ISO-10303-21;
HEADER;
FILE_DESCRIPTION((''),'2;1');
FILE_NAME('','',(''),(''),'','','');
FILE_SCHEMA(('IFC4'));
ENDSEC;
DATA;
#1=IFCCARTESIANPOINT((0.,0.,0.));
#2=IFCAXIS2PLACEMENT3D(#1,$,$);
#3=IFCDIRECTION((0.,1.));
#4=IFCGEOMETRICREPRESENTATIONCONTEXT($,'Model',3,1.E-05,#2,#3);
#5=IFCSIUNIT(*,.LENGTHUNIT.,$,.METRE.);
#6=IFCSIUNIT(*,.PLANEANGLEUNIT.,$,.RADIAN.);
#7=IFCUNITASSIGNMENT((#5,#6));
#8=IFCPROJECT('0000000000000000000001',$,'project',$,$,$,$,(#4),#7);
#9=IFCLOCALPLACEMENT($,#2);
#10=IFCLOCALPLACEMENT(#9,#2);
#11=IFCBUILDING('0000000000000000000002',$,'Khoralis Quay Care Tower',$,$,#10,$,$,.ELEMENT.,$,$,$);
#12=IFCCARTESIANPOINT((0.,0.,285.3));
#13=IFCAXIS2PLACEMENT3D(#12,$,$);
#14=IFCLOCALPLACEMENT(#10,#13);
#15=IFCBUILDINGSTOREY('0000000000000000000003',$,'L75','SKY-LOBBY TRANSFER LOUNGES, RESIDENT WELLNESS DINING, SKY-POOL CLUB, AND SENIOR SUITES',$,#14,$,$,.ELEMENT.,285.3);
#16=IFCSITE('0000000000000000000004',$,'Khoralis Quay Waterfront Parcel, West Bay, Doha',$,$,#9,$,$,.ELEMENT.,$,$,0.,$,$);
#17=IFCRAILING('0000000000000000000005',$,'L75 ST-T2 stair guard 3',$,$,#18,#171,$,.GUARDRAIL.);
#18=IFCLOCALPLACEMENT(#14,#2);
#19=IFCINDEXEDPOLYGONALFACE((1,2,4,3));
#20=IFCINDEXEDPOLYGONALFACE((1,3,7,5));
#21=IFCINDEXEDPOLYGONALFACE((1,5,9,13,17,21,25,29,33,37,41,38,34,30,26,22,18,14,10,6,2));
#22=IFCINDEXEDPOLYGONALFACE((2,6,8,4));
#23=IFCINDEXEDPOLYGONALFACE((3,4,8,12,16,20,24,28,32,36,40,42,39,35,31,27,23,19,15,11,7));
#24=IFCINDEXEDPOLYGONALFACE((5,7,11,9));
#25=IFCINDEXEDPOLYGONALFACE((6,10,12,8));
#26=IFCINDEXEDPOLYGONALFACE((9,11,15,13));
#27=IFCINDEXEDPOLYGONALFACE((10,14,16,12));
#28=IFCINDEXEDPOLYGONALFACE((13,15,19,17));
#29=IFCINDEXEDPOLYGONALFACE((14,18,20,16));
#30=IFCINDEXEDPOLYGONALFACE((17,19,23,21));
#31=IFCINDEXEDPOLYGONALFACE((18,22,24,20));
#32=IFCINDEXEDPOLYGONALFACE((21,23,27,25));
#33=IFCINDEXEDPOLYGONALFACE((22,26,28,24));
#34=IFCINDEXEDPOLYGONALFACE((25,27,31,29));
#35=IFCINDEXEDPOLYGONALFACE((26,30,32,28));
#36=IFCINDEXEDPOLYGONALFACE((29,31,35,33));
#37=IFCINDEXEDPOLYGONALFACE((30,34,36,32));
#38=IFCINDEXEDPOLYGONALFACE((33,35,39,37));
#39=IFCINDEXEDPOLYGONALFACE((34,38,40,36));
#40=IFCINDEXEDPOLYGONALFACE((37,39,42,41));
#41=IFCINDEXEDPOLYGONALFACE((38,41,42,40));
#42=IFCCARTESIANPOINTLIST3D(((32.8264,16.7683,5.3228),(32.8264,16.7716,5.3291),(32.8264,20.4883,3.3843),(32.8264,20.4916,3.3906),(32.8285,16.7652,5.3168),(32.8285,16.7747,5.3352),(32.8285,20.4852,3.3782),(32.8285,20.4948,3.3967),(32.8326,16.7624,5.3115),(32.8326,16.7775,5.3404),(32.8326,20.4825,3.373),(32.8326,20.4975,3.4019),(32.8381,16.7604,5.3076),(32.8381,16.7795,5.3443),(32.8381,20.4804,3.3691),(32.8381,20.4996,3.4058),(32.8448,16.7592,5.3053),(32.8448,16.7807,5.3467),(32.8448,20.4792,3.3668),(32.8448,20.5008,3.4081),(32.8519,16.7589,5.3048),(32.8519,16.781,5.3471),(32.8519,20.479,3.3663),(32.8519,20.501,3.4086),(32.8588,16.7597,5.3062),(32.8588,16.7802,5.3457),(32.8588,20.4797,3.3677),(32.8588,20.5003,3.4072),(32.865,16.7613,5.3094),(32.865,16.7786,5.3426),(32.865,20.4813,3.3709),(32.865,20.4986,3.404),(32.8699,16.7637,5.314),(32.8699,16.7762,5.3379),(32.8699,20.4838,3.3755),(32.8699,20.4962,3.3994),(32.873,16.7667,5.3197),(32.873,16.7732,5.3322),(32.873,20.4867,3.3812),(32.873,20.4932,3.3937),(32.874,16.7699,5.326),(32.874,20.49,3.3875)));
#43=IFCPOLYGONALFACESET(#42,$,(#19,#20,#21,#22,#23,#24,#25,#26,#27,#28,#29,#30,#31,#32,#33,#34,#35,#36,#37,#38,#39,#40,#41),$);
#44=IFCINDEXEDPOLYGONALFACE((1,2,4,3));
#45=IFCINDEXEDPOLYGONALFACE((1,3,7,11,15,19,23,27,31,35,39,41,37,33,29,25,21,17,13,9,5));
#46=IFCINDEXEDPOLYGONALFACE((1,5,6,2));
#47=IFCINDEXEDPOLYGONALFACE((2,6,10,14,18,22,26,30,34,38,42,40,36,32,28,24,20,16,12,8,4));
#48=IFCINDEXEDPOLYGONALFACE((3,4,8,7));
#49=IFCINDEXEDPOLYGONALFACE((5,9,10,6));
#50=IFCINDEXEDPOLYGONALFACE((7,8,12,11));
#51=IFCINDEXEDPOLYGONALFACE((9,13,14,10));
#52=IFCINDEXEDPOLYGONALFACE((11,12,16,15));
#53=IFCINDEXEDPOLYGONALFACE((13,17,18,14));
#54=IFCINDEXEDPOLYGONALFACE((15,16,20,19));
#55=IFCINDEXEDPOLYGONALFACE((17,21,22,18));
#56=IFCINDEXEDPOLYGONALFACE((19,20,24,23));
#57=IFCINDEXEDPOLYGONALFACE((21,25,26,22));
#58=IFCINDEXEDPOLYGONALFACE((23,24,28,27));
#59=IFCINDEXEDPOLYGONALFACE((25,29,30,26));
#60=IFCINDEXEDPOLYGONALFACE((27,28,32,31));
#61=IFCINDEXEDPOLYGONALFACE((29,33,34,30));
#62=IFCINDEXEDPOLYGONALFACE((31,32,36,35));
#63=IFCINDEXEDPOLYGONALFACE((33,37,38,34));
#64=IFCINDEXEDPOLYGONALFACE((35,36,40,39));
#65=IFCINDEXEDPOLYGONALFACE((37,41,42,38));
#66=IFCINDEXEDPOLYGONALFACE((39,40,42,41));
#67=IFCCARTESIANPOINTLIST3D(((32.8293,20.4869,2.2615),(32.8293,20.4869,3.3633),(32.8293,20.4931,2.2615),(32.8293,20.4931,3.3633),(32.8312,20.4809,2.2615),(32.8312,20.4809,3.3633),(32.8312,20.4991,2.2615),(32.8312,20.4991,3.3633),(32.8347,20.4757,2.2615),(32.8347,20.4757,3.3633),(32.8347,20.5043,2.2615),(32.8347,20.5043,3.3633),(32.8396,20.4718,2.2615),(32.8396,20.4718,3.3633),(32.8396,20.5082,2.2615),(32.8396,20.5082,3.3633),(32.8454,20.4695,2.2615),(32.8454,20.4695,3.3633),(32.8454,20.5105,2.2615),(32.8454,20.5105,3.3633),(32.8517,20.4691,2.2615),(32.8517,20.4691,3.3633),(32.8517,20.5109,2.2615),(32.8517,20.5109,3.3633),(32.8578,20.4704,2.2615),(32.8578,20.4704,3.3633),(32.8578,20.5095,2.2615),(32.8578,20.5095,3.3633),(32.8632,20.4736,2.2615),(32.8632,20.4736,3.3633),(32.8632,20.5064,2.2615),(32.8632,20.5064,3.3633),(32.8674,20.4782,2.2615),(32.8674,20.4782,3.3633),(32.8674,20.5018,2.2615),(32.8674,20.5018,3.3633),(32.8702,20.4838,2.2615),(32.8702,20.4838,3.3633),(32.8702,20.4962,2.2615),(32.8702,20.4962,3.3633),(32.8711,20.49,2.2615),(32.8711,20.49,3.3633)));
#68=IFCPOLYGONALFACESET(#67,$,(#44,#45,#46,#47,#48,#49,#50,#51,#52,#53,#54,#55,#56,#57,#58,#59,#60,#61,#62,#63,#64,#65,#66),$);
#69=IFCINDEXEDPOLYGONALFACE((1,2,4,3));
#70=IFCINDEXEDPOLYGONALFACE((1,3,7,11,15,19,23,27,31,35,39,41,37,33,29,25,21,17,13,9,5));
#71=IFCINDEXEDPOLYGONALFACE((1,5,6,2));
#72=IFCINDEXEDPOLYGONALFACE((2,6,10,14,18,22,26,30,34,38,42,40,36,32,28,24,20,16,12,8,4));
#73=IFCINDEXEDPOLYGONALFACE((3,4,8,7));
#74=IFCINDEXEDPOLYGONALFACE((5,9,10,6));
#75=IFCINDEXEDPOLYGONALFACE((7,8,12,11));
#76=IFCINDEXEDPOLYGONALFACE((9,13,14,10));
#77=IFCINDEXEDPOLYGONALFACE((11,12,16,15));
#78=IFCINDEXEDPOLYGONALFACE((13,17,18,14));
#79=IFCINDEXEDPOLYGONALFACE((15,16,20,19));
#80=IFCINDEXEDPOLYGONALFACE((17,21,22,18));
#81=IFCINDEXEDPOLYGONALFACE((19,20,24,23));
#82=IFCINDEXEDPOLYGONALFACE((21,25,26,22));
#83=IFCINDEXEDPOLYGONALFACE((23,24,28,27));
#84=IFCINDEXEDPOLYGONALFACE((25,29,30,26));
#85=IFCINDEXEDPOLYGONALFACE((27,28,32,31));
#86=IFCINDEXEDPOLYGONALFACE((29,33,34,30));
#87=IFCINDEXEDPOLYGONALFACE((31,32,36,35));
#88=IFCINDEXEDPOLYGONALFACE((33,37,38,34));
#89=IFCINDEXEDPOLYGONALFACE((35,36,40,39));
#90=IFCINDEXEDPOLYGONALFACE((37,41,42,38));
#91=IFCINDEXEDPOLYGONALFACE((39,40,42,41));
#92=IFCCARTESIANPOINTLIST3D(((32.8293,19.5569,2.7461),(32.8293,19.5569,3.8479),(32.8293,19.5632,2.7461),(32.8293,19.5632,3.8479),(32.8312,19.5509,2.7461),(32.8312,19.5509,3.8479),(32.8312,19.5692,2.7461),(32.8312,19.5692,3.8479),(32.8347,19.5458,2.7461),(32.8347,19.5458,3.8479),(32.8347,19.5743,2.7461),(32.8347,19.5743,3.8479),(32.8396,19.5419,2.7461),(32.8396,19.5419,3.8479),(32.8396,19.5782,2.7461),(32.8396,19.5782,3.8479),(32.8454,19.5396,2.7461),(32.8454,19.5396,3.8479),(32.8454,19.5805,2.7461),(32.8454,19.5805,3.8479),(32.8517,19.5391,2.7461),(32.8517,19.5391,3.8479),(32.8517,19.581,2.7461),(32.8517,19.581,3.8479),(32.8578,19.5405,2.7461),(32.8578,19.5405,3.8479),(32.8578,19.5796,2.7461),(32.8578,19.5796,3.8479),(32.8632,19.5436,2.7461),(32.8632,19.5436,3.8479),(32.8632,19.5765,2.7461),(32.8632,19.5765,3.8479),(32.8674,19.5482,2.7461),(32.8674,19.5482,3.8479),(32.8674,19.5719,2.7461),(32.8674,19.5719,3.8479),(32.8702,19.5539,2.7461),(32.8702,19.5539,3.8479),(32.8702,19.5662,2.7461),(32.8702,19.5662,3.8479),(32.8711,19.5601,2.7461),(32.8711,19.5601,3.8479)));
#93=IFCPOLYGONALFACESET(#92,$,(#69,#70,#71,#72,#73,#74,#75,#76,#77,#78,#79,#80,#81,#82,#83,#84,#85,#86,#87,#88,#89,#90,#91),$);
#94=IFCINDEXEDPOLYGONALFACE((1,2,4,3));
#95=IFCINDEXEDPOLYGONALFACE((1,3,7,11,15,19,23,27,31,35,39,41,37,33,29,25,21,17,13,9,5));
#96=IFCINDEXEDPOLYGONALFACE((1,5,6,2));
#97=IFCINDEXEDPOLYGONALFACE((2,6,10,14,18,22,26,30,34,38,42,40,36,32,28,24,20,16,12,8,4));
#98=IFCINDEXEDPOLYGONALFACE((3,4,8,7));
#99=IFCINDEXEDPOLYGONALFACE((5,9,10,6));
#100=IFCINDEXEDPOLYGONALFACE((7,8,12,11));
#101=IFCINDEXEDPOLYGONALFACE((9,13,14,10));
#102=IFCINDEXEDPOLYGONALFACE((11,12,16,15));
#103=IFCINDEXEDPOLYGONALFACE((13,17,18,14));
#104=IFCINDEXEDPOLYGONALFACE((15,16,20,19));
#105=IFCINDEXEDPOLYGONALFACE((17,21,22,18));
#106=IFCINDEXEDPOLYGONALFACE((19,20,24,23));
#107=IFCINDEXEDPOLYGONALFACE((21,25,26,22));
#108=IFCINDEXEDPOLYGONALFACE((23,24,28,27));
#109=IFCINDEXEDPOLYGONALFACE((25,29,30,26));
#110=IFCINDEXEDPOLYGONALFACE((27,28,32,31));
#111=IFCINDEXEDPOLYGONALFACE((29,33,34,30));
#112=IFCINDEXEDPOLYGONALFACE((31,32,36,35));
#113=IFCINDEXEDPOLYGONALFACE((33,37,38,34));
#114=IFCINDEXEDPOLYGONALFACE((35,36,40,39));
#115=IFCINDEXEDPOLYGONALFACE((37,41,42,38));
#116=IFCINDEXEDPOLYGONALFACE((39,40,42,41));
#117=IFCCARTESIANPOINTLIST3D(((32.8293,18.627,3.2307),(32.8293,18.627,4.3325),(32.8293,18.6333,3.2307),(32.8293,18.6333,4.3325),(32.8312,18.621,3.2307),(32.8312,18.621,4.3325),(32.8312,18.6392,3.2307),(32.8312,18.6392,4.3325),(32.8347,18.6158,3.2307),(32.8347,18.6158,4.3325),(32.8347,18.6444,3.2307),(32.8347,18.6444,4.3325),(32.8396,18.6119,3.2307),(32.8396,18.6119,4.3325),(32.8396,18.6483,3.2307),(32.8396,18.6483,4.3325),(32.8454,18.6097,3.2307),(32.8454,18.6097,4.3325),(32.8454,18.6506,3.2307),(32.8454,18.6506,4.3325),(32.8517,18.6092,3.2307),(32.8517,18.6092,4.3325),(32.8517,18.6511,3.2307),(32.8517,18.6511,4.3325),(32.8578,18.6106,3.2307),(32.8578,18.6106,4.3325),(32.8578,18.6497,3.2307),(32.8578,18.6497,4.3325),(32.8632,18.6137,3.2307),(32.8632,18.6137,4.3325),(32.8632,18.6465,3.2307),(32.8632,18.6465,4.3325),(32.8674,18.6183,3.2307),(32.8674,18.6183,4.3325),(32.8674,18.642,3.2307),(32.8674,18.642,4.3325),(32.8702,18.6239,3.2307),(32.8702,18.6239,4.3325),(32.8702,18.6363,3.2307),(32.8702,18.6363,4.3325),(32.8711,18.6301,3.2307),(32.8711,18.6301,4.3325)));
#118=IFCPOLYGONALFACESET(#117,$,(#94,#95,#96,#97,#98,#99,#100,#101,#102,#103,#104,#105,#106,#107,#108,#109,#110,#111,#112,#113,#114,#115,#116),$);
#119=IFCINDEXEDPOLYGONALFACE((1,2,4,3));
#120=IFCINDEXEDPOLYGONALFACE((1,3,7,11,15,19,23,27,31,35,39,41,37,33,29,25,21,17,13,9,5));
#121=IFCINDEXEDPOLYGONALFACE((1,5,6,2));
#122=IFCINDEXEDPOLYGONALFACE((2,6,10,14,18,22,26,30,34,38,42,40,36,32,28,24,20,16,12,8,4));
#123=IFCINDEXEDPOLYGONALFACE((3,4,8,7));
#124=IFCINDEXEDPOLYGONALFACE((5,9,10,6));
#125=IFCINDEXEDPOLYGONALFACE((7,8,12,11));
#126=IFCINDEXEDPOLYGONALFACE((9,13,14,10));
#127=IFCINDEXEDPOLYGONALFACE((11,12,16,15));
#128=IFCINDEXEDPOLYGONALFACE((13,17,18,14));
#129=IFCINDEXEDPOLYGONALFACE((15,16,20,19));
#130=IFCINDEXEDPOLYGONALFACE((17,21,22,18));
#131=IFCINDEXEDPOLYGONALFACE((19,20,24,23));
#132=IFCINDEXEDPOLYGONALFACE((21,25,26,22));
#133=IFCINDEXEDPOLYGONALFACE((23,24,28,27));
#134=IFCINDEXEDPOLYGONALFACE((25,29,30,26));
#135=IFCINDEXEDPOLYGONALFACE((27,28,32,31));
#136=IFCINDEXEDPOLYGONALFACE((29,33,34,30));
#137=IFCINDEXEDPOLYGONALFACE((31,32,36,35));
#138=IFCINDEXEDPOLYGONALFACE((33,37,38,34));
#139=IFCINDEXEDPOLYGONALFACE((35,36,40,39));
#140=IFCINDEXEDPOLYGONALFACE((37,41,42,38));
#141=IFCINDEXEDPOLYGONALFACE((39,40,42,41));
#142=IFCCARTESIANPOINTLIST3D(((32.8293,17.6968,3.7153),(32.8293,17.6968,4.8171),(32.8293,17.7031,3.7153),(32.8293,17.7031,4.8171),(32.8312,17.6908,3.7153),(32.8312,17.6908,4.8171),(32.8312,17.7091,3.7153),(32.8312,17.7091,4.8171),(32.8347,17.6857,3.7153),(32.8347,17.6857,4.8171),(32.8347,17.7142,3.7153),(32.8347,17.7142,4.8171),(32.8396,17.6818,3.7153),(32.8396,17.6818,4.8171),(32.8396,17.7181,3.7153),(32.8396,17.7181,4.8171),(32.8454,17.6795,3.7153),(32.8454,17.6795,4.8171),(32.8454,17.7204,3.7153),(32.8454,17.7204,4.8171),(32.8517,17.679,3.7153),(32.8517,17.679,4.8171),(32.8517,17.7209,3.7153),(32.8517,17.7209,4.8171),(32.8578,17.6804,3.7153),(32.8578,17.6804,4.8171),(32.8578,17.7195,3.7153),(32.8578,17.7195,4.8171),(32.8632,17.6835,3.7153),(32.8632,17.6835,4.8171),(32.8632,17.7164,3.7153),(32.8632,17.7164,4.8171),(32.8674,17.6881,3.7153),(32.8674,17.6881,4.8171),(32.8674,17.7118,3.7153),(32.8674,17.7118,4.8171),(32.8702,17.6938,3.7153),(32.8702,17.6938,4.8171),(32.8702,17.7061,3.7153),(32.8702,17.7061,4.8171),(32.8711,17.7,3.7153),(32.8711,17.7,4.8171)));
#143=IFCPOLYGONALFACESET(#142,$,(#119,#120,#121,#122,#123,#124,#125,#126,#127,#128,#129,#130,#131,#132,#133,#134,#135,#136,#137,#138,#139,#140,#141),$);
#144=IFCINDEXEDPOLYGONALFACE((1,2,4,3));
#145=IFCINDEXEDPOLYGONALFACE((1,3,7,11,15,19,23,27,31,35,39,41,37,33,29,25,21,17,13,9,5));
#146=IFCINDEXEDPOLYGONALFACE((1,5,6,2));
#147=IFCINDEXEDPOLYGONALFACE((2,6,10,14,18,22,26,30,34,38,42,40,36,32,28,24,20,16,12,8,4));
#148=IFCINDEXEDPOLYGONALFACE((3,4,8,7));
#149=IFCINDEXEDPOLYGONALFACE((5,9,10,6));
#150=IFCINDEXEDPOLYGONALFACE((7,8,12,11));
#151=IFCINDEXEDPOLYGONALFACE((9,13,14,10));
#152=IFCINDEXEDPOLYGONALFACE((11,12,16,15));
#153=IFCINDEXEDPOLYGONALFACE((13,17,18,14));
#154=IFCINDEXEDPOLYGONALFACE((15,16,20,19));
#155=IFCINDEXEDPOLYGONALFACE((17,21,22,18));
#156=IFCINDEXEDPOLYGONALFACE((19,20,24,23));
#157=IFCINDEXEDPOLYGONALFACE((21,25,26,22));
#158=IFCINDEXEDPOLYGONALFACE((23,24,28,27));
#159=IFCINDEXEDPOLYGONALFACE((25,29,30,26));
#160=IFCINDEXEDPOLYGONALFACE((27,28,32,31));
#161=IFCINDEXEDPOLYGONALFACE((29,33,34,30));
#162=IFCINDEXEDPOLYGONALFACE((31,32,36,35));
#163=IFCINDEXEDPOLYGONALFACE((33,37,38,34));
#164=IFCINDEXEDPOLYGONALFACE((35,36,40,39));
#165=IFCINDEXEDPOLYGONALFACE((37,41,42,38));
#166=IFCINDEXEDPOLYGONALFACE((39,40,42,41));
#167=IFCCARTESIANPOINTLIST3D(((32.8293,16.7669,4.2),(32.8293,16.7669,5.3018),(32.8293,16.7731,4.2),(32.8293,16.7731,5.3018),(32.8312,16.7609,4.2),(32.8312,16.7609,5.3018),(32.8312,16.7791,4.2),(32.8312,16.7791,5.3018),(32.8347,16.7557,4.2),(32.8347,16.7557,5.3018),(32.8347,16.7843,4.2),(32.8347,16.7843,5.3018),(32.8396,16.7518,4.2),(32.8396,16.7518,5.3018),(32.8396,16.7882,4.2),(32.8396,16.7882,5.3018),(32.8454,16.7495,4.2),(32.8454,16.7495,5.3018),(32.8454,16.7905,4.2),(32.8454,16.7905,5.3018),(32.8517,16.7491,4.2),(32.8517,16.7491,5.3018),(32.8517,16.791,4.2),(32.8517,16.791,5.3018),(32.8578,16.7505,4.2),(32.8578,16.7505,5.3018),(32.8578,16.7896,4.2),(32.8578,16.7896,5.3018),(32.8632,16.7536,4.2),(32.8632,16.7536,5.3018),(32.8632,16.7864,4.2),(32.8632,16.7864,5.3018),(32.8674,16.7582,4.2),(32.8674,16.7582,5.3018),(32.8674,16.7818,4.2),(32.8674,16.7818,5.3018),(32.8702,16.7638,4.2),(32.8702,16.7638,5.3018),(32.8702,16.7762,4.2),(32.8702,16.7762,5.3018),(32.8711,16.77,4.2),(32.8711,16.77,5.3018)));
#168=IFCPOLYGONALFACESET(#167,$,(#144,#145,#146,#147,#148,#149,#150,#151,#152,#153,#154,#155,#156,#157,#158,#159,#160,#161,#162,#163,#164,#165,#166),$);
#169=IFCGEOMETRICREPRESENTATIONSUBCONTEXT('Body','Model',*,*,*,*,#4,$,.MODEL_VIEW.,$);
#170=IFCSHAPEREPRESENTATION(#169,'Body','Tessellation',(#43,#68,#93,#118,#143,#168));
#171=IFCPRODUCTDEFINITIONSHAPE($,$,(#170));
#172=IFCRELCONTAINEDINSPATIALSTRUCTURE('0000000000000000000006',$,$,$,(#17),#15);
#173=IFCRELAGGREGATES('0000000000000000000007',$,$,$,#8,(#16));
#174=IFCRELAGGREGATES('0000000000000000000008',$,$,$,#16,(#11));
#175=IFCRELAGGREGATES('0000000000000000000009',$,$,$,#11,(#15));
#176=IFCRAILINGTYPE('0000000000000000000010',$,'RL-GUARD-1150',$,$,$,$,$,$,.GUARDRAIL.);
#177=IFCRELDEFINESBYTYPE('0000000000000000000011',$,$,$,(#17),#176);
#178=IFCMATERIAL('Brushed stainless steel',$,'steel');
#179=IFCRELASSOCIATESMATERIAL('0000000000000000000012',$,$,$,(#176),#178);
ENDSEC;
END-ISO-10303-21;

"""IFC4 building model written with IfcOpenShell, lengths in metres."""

from ifc_helpers import new_model, si_unit, direction, frame, origin, origin_2d, place, context, subcontext, project, spatial, circle, extrude, material, type_object, element, save


model = new_model("IFC4")

# Units and contexts
model_context = context("Model", 3, precision=1e-05, world=origin(), true_north=direction((0.0, 1.0)))
body_context = subcontext(model_context, "Body", "Model", "MODEL_VIEW")
ifc_project = project(units=[si_unit("LENGTHUNIT", "METRE"), si_unit("PLANEANGLEUNIT", "RADIAN")], contexts=[model_context])

# Site, building, storey
site_placement = place(None, origin())
site = spatial("IfcSite", under=ifc_project, at=site_placement, Name="Khoralis Quay Waterfront Parcel, West Bay, Doha", CompositionType="ELEMENT", RefElevation=0.0)
building_placement = place(site_placement, origin())
building = spatial("IfcBuilding", under=site, at=building_placement, Name="Khoralis Quay Care Tower", CompositionType="ELEMENT")
storey_placement = place(building_placement, frame((0.0, 0.0, 285.3)))
storey = spatial("IfcBuildingStorey", under=building, at=storey_placement, Name="L75", Description="SKY-LOBBY TRANSFER LOUNGES, RESIDENT WELLNESS DINING, SKY-POOL CLUB, AND SENIOR SUITES", CompositionType="ELEMENT", Elevation=285.3)

# Shared definitions
ifc_material_1 = material(Name="Brushed stainless steel", Category="steel")

# Railing
railing_type_1 = type_object("IfcRailingType", Name="RL-GUARD-1150", PredefinedType="GUARDRAIL", material=ifc_material_1)
railing_1_placement = place(storey_placement, frame((32.8501, 20.49, 2.2615)))
element("IfcRailing", 1, at=railing_1_placement, inside=storey, type_object=railing_type_1, Name="L75 ST-T2 stair guard 3", PredefinedType="GUARDRAIL", context=body_context, shape_type="SweptSolid", body=[
    extrude(circle(Radius=0.0239, at=origin_2d()), frame((0.0, 0.0, 1.126), z_axis=(0.0, -0.886817, 0.46212), x_axis=(1.0, 0.0, 0.0)), (0.0, 0.0, 1.0), 4.1948),
    extrude(circle(Radius=0.021, at=origin_2d()), origin(), (0.0, 0.0, 1.0), 1.1018),
    extrude(circle(Radius=0.021, at=origin_2d()), frame((0.0, -0.9299, 0.4846)), (0.0, 0.0, 1.0), 1.1018),
    extrude(circle(Radius=0.021, at=origin_2d()), frame((0.0, -1.8599, 0.9692)), (0.0, 0.0, 1.0), 1.1018),
    extrude(circle(Radius=0.021, at=origin_2d()), frame((0.0, -2.79, 1.4539)), (0.0, 0.0, 1.0), 1.1018),
    extrude(circle(Radius=0.021, at=origin_2d()), frame((0.0, -3.72, 1.9385)), (0.0, 0.0, 1.0), 1.1018),
])

save(model, "model.ifc")
